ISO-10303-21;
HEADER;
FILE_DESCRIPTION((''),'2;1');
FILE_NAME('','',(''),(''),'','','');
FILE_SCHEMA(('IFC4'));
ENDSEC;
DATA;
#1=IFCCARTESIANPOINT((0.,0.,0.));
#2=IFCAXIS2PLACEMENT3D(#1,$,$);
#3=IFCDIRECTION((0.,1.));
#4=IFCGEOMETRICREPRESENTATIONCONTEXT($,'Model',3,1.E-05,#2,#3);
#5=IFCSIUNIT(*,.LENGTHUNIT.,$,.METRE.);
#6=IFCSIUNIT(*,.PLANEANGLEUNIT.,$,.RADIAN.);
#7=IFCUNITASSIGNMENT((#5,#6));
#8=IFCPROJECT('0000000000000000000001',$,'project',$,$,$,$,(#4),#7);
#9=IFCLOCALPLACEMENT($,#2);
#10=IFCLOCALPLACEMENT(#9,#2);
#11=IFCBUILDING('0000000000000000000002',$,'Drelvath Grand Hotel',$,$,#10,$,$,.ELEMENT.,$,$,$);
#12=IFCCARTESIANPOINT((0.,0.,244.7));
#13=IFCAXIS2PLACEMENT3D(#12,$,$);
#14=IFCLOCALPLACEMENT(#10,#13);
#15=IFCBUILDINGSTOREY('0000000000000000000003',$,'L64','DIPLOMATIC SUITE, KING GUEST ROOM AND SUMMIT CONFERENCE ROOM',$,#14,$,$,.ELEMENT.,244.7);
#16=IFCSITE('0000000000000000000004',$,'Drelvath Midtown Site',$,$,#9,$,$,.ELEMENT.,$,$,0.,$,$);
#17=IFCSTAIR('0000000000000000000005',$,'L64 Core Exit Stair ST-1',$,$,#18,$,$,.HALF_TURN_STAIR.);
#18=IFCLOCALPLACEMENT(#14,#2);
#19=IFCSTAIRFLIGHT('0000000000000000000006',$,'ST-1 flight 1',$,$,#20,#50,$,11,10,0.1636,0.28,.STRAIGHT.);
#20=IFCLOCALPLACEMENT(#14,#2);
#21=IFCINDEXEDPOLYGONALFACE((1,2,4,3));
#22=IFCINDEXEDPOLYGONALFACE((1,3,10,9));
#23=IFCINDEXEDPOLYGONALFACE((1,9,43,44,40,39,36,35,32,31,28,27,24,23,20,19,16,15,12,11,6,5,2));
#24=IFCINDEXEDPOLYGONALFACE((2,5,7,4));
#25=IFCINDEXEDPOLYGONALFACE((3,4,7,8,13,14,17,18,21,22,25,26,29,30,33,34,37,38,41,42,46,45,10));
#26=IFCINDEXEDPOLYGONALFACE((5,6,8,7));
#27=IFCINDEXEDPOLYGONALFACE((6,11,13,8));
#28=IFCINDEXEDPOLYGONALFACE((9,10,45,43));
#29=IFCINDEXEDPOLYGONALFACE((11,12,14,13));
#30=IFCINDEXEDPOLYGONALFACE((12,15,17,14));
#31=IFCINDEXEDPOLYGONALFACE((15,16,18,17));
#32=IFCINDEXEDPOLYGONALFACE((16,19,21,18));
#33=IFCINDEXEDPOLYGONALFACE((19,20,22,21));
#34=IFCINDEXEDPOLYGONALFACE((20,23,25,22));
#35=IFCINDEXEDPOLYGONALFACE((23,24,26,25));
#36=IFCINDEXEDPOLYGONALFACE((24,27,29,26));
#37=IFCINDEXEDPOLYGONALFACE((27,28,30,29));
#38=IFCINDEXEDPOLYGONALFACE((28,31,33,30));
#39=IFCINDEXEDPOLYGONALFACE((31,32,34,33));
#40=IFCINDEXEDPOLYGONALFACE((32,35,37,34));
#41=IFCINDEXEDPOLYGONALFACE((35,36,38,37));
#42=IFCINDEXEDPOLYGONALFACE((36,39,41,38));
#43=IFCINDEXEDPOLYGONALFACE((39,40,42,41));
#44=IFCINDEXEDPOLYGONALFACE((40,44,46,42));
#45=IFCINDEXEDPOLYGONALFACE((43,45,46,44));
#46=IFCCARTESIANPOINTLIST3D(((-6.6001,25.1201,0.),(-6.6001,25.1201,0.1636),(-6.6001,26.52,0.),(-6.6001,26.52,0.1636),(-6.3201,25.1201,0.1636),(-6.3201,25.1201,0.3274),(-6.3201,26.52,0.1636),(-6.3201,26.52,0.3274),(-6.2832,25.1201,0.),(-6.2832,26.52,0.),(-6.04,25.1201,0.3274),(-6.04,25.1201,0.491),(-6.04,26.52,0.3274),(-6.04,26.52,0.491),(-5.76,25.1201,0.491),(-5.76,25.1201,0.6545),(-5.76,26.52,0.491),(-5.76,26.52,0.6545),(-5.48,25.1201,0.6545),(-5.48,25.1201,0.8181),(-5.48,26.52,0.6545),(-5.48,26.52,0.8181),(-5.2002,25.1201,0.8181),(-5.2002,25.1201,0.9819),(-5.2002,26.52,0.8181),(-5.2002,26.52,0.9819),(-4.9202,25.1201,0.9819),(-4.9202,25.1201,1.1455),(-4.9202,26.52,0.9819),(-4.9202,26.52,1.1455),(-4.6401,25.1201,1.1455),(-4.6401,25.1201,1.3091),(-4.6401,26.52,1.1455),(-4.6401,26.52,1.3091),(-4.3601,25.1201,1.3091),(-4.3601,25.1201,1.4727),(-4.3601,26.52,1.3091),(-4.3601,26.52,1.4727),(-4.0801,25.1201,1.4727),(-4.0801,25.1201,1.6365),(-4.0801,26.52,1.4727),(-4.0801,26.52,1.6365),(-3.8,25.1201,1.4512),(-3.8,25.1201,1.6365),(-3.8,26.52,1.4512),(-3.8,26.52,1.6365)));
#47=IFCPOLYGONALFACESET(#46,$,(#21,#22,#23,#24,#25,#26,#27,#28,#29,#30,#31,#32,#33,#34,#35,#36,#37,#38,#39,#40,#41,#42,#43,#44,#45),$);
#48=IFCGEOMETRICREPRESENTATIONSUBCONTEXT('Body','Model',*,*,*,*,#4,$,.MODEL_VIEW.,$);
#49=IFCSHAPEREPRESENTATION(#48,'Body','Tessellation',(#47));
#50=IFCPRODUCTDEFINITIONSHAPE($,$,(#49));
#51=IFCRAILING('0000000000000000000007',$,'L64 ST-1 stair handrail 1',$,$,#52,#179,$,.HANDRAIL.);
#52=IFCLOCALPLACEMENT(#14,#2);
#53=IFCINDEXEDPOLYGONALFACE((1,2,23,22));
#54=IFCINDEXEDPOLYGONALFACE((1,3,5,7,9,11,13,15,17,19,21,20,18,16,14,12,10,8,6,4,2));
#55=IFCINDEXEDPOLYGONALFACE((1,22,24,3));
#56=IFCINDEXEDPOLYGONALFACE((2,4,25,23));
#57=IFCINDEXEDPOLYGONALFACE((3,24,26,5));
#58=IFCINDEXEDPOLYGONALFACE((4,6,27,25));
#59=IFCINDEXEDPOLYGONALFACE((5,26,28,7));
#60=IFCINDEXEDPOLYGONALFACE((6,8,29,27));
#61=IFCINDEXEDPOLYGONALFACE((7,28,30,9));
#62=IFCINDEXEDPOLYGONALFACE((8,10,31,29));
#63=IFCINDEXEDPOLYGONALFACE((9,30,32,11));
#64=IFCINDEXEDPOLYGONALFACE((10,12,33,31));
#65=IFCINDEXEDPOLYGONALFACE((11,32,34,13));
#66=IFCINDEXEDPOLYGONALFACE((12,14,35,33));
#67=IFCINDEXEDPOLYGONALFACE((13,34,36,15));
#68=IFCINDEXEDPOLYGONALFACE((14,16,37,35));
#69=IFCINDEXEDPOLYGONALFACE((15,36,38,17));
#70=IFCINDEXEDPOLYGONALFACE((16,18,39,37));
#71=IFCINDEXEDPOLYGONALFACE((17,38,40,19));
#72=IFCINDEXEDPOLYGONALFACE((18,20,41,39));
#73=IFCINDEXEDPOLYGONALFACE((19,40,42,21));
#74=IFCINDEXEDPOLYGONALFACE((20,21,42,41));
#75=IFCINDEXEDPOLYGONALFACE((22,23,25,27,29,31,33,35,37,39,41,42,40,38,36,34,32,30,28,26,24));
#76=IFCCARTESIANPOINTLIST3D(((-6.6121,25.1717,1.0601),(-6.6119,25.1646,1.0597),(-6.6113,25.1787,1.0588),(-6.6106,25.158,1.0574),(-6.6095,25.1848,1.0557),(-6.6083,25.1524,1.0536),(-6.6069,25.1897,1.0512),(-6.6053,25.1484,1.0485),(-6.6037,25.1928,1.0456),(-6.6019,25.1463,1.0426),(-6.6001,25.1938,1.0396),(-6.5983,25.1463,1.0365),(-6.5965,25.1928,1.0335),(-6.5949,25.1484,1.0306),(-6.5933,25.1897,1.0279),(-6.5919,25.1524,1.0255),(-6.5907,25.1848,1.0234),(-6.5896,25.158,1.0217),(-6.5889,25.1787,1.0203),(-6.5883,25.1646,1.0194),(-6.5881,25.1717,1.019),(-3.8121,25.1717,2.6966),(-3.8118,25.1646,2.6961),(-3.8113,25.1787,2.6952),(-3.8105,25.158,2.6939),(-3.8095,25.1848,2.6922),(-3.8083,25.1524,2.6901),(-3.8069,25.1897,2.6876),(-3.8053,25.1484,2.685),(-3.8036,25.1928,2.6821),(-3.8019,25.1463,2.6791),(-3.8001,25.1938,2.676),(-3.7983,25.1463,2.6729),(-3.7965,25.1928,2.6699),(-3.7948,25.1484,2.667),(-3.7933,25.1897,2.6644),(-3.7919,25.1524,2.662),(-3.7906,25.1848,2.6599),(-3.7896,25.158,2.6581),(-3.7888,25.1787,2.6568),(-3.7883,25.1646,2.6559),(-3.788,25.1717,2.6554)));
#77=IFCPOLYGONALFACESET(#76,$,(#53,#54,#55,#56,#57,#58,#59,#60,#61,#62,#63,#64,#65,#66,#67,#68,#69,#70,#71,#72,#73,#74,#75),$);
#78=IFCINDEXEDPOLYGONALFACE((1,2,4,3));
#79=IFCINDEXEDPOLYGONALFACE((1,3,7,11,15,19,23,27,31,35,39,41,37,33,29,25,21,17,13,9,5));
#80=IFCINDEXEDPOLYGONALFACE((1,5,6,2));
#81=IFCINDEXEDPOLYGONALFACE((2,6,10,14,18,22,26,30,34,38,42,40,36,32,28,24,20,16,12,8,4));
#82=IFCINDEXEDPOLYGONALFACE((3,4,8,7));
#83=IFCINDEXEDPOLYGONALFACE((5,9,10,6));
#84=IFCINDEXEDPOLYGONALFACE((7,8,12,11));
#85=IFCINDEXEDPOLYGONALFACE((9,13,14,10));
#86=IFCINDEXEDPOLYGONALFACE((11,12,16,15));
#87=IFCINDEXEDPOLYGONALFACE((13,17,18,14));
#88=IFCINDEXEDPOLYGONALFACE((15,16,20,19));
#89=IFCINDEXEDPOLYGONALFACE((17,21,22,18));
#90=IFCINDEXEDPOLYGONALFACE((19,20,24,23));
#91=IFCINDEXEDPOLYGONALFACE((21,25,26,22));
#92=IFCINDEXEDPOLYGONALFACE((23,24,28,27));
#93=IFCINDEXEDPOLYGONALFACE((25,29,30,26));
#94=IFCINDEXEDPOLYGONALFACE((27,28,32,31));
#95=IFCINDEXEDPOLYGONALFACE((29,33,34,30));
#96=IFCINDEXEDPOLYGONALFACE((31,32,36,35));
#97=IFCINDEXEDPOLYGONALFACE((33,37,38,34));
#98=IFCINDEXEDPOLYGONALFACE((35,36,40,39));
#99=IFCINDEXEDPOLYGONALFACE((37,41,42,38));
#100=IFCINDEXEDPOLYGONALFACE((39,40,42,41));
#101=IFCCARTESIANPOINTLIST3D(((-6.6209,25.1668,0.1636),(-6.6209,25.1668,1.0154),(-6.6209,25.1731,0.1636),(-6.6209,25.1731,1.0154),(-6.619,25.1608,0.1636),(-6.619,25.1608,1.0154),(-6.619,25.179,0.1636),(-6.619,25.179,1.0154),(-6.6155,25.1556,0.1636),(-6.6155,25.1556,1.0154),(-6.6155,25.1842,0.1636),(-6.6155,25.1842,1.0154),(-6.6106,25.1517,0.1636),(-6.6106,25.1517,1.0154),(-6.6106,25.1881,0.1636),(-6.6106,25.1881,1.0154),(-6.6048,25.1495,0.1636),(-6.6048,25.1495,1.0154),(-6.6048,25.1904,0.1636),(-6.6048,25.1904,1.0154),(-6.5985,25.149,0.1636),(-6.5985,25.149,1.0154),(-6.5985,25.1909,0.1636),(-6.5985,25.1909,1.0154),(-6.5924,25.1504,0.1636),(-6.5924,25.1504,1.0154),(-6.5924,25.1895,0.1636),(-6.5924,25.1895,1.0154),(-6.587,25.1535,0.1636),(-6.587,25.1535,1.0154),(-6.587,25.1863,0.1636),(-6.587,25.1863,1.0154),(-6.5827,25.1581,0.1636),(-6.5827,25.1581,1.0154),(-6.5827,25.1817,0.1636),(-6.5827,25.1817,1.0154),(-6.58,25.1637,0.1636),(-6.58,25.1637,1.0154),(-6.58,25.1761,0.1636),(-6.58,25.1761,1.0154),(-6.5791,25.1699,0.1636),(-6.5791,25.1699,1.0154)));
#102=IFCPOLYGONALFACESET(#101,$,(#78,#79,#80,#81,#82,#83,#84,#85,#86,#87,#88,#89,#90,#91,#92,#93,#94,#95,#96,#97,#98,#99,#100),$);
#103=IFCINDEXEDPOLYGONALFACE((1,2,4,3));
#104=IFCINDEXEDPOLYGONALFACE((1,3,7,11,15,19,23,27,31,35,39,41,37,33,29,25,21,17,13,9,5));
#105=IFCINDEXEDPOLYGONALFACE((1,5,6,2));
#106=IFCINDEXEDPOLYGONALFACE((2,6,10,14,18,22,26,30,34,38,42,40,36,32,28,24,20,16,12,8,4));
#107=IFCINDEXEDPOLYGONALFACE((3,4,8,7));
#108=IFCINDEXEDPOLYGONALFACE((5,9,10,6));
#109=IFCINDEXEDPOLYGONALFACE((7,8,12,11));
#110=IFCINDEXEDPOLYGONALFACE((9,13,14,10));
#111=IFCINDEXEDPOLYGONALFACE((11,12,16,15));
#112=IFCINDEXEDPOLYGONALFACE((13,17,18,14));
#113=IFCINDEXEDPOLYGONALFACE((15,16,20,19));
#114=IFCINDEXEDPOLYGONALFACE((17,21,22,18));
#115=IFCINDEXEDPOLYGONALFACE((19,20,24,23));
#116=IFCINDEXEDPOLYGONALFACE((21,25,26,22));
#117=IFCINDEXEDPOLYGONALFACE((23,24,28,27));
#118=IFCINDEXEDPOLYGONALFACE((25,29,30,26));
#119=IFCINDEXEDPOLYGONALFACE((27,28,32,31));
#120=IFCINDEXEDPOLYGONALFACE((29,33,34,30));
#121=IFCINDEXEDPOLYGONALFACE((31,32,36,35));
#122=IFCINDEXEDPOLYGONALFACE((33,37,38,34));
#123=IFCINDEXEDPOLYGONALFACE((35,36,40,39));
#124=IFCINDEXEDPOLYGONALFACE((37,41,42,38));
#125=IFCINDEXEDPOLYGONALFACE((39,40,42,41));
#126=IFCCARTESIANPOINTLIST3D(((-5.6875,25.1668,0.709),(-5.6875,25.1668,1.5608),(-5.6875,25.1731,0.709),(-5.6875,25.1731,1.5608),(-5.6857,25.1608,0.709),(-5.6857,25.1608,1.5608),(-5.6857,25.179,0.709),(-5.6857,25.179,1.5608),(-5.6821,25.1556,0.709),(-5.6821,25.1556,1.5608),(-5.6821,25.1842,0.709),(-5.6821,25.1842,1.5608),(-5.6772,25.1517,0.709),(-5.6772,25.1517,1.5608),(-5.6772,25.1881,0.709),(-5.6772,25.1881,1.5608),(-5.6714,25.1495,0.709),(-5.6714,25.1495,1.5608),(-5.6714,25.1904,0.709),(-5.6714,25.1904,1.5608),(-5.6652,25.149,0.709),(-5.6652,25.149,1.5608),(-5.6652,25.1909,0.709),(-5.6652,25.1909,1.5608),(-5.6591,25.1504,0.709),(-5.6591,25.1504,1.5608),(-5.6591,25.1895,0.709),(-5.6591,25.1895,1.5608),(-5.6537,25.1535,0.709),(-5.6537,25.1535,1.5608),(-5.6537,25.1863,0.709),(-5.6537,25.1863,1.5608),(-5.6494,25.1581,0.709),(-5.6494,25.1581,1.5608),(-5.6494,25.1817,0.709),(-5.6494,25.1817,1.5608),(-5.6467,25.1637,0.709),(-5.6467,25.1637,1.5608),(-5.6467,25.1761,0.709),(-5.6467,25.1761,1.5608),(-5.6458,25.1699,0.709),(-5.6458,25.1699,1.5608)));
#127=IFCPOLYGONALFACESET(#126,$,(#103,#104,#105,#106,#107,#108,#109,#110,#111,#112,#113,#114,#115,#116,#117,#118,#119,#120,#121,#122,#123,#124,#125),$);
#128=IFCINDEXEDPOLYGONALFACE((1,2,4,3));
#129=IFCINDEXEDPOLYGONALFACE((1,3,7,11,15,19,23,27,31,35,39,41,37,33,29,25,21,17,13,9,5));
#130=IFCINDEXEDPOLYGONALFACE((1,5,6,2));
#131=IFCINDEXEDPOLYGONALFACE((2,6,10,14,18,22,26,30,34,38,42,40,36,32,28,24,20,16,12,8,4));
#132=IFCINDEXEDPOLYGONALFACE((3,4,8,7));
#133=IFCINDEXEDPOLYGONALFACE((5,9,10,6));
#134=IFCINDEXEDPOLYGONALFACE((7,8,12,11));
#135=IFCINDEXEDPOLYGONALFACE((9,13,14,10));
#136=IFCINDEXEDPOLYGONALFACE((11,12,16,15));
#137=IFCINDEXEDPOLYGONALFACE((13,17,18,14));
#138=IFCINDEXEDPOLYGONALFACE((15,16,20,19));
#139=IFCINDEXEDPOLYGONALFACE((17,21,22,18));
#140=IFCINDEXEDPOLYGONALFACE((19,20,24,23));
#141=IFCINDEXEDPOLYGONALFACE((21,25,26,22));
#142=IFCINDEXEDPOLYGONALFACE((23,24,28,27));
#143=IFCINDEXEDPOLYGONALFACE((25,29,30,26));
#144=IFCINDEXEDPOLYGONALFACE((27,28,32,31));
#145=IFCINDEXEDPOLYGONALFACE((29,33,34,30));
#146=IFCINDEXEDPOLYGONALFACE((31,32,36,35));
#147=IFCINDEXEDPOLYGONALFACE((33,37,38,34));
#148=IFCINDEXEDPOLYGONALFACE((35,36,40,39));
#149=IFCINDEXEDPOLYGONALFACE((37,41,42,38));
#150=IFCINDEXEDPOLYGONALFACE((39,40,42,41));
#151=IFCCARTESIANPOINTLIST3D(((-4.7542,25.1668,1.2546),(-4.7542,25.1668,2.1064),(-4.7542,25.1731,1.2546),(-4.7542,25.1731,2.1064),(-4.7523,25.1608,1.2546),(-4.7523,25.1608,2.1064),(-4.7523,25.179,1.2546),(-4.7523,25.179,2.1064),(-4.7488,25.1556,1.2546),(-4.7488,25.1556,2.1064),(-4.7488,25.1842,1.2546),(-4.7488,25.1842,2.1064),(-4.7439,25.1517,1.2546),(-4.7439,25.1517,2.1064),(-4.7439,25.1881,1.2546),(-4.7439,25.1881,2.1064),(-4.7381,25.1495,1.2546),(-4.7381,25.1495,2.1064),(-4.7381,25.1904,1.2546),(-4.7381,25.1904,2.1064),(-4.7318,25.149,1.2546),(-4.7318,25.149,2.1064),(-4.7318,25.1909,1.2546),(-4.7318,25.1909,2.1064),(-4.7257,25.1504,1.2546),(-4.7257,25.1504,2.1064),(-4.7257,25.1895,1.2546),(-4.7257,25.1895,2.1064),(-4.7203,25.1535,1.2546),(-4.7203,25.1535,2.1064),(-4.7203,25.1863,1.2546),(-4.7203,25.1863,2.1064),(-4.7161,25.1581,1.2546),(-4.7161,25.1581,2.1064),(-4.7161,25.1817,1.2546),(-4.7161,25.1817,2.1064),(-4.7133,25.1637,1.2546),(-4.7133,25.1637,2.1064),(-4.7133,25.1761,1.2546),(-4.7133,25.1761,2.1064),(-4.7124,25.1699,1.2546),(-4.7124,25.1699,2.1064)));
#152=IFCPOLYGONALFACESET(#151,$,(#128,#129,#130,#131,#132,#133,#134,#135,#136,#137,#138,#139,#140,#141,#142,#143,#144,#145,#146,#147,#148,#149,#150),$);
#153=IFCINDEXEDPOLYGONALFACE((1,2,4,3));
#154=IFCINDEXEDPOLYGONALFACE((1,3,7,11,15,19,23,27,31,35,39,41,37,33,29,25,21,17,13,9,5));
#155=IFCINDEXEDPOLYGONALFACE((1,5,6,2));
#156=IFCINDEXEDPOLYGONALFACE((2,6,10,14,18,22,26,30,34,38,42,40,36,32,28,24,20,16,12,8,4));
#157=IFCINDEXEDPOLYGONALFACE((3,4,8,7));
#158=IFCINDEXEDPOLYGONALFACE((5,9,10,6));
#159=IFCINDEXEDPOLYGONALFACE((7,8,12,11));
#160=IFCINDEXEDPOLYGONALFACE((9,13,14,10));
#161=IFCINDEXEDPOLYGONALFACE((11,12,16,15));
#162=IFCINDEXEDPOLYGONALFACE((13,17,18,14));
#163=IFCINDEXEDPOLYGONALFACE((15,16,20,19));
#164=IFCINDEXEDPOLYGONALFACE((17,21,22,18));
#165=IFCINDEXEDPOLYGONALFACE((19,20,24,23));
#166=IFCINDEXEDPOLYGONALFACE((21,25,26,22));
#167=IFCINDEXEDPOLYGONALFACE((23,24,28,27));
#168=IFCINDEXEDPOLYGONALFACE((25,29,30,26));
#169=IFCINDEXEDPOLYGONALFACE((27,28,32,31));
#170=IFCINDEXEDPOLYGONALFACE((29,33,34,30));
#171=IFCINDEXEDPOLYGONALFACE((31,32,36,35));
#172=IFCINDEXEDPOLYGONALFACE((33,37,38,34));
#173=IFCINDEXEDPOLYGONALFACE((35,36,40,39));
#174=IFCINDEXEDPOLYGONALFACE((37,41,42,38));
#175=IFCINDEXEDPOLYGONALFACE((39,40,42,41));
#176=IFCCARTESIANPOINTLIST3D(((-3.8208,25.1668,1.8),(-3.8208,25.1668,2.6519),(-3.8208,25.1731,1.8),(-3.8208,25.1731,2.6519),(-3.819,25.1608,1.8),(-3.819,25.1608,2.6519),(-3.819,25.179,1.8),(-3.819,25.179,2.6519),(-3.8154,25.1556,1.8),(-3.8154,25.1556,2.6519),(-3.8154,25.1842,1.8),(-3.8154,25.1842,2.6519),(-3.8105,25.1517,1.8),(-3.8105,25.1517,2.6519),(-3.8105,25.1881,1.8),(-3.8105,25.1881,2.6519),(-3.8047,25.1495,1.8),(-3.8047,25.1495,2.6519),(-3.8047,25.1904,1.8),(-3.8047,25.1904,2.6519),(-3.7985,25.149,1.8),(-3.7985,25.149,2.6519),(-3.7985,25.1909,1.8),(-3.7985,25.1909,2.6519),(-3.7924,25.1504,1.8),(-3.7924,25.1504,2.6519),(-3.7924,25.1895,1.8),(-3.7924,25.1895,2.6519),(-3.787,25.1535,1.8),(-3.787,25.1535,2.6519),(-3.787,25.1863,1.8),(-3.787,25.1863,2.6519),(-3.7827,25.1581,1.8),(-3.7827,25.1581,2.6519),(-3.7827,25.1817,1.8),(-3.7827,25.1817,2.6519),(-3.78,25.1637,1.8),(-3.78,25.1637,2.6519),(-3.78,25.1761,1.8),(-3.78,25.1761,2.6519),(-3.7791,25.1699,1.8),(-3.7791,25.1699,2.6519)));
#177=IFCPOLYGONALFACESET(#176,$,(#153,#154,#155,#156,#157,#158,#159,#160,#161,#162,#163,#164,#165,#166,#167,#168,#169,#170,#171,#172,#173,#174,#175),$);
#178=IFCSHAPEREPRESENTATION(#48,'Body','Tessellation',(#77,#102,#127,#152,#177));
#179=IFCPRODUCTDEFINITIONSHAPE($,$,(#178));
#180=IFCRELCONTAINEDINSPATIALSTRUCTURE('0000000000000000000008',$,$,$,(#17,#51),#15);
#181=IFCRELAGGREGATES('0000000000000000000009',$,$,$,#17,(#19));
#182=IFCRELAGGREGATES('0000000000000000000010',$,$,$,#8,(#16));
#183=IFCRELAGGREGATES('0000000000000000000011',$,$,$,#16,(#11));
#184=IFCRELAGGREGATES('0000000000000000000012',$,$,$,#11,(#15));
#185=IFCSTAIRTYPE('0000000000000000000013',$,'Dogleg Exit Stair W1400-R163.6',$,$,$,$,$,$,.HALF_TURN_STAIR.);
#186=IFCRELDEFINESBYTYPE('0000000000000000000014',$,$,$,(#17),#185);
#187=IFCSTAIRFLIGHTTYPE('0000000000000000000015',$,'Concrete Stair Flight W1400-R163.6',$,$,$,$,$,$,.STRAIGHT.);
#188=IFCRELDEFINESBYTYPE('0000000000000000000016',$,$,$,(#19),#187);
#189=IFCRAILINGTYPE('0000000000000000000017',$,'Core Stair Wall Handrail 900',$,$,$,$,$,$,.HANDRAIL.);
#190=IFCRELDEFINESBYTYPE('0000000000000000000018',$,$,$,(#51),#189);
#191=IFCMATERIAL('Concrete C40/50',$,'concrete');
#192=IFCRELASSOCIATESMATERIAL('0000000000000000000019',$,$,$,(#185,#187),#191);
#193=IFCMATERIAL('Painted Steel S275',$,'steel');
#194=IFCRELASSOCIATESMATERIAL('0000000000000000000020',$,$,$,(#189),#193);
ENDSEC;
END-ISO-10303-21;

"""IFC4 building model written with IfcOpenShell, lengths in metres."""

from ifc_helpers import new_model, si_unit, direction, frame, origin, origin_2d, place, context, subcontext, project, spatial, polyline, circle, outline, extrude, material, type_object, element, aggregate, save


model = new_model("IFC4")

# Units and contexts
model_context = context("Model", 3, precision=1e-05, world=origin(), true_north=direction((0.0, 1.0)))
body_context = subcontext(model_context, "Body", "Model", "MODEL_VIEW")
ifc_project = project(units=[si_unit("LENGTHUNIT", "METRE"), si_unit("PLANEANGLEUNIT", "RADIAN")], contexts=[model_context])

# Site, building, storey
site_placement = place(None, origin())
site = spatial("IfcSite", under=ifc_project, at=site_placement, Name="Drelvath Midtown Site", CompositionType="ELEMENT", RefElevation=0.0)
building_placement = place(site_placement, origin())
building = spatial("IfcBuilding", under=site, at=building_placement, Name="Drelvath Grand Hotel", CompositionType="ELEMENT")
storey_placement = place(building_placement, frame((0.0, 0.0, 244.7)))
storey = spatial("IfcBuildingStorey", under=building, at=storey_placement, Name="L64", Description="DIPLOMATIC SUITE, KING GUEST ROOM AND SUMMIT CONFERENCE ROOM", CompositionType="ELEMENT", Elevation=244.7)

# Shared definitions
ifc_material_1 = material(Name="Concrete C40/50", Category="concrete")
ifc_material_2 = material(Name="Painted Steel S275", Category="steel")

# Stair, stair flight
stair_type = type_object("IfcStairType", Name="Dogleg Exit Stair W1400-R163.6", PredefinedType="HALF_TURN_STAIR", material=ifc_material_1)
stair_placement = place(storey_placement, origin())
stair = element("IfcStair", 1, at=stair_placement, inside=storey, type_object=stair_type, Name="L64 Core Exit Stair ST-1", PredefinedType="HALF_TURN_STAIR")
stair_flight_type = type_object("IfcStairFlightType", Name="Concrete Stair Flight W1400-R163.6", PredefinedType="STRAIGHT", material=ifc_material_1)
stair_flight_placement = place(storey_placement, frame((-6.6001, 25.8201, 0.0), z_axis=(0.0, 0.0, 1.0), x_axis=(1.0, 0.0, 0.0)))
stair_flight = element("IfcStairFlight", 2, at=stair_flight_placement, type_object=stair_flight_type, Name="ST-1 flight 1", NumberOfRisers=11, NumberOfTreads=10, PredefinedType="STRAIGHT", RiserHeight=0.1636, TreadLength=0.28, context=body_context, shape_type="SweptSolid", body=[
    extrude(outline(polyline([(0.0, 0.0), (0.0, 0.1636), (0.28, 0.1636), (0.28, 0.3274), (0.5601, 0.3274), (0.5601, 0.491), (0.8401, 0.491), (0.8401, 0.6545), (1.1201, 0.6545), (1.1201, 0.8181), (1.3999, 0.8181), (1.3999, 0.9819), (1.6799, 0.9819), (1.6799, 1.1455), (1.96, 1.1455), (1.96, 1.3091), (2.24, 1.3091), (2.24, 1.4727), (2.52, 1.4727), (2.52, 1.6365), (2.8, 1.6365), (2.8, 1.8), (2.8, 1.4512), (0.3169, 0.0), (0.0, 0.0)])), frame((0.0, 0.7, 0.0), z_axis=(0.0, -1.0, 0.0), x_axis=(1.0, 0.0, 0.0)), (0.0, 0.0, 1.0), 1.3999),
])
aggregate(stair, [stair_flight])

# Railing
railing_type_1 = type_object("IfcRailingType", Name="Core Stair Wall Handrail 900", PredefinedType="HANDRAIL", material=ifc_material_2)
railing_1_placement = place(storey_placement, frame((-6.6001, 25.1699, 0.1636)))
element("IfcRailing", 3, at=railing_1_placement, inside=storey, type_object=railing_type_1, Name="L64 ST-1 stair handrail 1", PredefinedType="HANDRAIL", context=body_context, shape_type="SweptSolid", body=[
    extrude(circle(Radius=0.0239, at=origin_2d()), frame((0.0, 0.0, 0.876), z_axis=(0.863361, 0.0, 0.504587), x_axis=(0.0, 1.0, 0.0)), (0.0, 0.0, 1.0), 3.2432),
    extrude(circle(Radius=0.021, at=origin_2d()), origin(), (0.0, 0.0, 1.0), 0.8518),
    extrude(circle(Radius=0.021, at=origin_2d()), frame((0.9333, 0.0, 0.5454)), (0.0, 0.0, 1.0), 0.8518),
    extrude(circle(Radius=0.021, at=origin_2d()), frame((1.8667, 0.0, 1.0911)), (0.0, 0.0, 1.0), 0.8518),
    extrude(circle(Radius=0.021, at=origin_2d()), frame((2.8, 0.0, 1.6365)), (0.0, 0.0, 1.0), 0.8518),
])

save(model, "model.ifc")
